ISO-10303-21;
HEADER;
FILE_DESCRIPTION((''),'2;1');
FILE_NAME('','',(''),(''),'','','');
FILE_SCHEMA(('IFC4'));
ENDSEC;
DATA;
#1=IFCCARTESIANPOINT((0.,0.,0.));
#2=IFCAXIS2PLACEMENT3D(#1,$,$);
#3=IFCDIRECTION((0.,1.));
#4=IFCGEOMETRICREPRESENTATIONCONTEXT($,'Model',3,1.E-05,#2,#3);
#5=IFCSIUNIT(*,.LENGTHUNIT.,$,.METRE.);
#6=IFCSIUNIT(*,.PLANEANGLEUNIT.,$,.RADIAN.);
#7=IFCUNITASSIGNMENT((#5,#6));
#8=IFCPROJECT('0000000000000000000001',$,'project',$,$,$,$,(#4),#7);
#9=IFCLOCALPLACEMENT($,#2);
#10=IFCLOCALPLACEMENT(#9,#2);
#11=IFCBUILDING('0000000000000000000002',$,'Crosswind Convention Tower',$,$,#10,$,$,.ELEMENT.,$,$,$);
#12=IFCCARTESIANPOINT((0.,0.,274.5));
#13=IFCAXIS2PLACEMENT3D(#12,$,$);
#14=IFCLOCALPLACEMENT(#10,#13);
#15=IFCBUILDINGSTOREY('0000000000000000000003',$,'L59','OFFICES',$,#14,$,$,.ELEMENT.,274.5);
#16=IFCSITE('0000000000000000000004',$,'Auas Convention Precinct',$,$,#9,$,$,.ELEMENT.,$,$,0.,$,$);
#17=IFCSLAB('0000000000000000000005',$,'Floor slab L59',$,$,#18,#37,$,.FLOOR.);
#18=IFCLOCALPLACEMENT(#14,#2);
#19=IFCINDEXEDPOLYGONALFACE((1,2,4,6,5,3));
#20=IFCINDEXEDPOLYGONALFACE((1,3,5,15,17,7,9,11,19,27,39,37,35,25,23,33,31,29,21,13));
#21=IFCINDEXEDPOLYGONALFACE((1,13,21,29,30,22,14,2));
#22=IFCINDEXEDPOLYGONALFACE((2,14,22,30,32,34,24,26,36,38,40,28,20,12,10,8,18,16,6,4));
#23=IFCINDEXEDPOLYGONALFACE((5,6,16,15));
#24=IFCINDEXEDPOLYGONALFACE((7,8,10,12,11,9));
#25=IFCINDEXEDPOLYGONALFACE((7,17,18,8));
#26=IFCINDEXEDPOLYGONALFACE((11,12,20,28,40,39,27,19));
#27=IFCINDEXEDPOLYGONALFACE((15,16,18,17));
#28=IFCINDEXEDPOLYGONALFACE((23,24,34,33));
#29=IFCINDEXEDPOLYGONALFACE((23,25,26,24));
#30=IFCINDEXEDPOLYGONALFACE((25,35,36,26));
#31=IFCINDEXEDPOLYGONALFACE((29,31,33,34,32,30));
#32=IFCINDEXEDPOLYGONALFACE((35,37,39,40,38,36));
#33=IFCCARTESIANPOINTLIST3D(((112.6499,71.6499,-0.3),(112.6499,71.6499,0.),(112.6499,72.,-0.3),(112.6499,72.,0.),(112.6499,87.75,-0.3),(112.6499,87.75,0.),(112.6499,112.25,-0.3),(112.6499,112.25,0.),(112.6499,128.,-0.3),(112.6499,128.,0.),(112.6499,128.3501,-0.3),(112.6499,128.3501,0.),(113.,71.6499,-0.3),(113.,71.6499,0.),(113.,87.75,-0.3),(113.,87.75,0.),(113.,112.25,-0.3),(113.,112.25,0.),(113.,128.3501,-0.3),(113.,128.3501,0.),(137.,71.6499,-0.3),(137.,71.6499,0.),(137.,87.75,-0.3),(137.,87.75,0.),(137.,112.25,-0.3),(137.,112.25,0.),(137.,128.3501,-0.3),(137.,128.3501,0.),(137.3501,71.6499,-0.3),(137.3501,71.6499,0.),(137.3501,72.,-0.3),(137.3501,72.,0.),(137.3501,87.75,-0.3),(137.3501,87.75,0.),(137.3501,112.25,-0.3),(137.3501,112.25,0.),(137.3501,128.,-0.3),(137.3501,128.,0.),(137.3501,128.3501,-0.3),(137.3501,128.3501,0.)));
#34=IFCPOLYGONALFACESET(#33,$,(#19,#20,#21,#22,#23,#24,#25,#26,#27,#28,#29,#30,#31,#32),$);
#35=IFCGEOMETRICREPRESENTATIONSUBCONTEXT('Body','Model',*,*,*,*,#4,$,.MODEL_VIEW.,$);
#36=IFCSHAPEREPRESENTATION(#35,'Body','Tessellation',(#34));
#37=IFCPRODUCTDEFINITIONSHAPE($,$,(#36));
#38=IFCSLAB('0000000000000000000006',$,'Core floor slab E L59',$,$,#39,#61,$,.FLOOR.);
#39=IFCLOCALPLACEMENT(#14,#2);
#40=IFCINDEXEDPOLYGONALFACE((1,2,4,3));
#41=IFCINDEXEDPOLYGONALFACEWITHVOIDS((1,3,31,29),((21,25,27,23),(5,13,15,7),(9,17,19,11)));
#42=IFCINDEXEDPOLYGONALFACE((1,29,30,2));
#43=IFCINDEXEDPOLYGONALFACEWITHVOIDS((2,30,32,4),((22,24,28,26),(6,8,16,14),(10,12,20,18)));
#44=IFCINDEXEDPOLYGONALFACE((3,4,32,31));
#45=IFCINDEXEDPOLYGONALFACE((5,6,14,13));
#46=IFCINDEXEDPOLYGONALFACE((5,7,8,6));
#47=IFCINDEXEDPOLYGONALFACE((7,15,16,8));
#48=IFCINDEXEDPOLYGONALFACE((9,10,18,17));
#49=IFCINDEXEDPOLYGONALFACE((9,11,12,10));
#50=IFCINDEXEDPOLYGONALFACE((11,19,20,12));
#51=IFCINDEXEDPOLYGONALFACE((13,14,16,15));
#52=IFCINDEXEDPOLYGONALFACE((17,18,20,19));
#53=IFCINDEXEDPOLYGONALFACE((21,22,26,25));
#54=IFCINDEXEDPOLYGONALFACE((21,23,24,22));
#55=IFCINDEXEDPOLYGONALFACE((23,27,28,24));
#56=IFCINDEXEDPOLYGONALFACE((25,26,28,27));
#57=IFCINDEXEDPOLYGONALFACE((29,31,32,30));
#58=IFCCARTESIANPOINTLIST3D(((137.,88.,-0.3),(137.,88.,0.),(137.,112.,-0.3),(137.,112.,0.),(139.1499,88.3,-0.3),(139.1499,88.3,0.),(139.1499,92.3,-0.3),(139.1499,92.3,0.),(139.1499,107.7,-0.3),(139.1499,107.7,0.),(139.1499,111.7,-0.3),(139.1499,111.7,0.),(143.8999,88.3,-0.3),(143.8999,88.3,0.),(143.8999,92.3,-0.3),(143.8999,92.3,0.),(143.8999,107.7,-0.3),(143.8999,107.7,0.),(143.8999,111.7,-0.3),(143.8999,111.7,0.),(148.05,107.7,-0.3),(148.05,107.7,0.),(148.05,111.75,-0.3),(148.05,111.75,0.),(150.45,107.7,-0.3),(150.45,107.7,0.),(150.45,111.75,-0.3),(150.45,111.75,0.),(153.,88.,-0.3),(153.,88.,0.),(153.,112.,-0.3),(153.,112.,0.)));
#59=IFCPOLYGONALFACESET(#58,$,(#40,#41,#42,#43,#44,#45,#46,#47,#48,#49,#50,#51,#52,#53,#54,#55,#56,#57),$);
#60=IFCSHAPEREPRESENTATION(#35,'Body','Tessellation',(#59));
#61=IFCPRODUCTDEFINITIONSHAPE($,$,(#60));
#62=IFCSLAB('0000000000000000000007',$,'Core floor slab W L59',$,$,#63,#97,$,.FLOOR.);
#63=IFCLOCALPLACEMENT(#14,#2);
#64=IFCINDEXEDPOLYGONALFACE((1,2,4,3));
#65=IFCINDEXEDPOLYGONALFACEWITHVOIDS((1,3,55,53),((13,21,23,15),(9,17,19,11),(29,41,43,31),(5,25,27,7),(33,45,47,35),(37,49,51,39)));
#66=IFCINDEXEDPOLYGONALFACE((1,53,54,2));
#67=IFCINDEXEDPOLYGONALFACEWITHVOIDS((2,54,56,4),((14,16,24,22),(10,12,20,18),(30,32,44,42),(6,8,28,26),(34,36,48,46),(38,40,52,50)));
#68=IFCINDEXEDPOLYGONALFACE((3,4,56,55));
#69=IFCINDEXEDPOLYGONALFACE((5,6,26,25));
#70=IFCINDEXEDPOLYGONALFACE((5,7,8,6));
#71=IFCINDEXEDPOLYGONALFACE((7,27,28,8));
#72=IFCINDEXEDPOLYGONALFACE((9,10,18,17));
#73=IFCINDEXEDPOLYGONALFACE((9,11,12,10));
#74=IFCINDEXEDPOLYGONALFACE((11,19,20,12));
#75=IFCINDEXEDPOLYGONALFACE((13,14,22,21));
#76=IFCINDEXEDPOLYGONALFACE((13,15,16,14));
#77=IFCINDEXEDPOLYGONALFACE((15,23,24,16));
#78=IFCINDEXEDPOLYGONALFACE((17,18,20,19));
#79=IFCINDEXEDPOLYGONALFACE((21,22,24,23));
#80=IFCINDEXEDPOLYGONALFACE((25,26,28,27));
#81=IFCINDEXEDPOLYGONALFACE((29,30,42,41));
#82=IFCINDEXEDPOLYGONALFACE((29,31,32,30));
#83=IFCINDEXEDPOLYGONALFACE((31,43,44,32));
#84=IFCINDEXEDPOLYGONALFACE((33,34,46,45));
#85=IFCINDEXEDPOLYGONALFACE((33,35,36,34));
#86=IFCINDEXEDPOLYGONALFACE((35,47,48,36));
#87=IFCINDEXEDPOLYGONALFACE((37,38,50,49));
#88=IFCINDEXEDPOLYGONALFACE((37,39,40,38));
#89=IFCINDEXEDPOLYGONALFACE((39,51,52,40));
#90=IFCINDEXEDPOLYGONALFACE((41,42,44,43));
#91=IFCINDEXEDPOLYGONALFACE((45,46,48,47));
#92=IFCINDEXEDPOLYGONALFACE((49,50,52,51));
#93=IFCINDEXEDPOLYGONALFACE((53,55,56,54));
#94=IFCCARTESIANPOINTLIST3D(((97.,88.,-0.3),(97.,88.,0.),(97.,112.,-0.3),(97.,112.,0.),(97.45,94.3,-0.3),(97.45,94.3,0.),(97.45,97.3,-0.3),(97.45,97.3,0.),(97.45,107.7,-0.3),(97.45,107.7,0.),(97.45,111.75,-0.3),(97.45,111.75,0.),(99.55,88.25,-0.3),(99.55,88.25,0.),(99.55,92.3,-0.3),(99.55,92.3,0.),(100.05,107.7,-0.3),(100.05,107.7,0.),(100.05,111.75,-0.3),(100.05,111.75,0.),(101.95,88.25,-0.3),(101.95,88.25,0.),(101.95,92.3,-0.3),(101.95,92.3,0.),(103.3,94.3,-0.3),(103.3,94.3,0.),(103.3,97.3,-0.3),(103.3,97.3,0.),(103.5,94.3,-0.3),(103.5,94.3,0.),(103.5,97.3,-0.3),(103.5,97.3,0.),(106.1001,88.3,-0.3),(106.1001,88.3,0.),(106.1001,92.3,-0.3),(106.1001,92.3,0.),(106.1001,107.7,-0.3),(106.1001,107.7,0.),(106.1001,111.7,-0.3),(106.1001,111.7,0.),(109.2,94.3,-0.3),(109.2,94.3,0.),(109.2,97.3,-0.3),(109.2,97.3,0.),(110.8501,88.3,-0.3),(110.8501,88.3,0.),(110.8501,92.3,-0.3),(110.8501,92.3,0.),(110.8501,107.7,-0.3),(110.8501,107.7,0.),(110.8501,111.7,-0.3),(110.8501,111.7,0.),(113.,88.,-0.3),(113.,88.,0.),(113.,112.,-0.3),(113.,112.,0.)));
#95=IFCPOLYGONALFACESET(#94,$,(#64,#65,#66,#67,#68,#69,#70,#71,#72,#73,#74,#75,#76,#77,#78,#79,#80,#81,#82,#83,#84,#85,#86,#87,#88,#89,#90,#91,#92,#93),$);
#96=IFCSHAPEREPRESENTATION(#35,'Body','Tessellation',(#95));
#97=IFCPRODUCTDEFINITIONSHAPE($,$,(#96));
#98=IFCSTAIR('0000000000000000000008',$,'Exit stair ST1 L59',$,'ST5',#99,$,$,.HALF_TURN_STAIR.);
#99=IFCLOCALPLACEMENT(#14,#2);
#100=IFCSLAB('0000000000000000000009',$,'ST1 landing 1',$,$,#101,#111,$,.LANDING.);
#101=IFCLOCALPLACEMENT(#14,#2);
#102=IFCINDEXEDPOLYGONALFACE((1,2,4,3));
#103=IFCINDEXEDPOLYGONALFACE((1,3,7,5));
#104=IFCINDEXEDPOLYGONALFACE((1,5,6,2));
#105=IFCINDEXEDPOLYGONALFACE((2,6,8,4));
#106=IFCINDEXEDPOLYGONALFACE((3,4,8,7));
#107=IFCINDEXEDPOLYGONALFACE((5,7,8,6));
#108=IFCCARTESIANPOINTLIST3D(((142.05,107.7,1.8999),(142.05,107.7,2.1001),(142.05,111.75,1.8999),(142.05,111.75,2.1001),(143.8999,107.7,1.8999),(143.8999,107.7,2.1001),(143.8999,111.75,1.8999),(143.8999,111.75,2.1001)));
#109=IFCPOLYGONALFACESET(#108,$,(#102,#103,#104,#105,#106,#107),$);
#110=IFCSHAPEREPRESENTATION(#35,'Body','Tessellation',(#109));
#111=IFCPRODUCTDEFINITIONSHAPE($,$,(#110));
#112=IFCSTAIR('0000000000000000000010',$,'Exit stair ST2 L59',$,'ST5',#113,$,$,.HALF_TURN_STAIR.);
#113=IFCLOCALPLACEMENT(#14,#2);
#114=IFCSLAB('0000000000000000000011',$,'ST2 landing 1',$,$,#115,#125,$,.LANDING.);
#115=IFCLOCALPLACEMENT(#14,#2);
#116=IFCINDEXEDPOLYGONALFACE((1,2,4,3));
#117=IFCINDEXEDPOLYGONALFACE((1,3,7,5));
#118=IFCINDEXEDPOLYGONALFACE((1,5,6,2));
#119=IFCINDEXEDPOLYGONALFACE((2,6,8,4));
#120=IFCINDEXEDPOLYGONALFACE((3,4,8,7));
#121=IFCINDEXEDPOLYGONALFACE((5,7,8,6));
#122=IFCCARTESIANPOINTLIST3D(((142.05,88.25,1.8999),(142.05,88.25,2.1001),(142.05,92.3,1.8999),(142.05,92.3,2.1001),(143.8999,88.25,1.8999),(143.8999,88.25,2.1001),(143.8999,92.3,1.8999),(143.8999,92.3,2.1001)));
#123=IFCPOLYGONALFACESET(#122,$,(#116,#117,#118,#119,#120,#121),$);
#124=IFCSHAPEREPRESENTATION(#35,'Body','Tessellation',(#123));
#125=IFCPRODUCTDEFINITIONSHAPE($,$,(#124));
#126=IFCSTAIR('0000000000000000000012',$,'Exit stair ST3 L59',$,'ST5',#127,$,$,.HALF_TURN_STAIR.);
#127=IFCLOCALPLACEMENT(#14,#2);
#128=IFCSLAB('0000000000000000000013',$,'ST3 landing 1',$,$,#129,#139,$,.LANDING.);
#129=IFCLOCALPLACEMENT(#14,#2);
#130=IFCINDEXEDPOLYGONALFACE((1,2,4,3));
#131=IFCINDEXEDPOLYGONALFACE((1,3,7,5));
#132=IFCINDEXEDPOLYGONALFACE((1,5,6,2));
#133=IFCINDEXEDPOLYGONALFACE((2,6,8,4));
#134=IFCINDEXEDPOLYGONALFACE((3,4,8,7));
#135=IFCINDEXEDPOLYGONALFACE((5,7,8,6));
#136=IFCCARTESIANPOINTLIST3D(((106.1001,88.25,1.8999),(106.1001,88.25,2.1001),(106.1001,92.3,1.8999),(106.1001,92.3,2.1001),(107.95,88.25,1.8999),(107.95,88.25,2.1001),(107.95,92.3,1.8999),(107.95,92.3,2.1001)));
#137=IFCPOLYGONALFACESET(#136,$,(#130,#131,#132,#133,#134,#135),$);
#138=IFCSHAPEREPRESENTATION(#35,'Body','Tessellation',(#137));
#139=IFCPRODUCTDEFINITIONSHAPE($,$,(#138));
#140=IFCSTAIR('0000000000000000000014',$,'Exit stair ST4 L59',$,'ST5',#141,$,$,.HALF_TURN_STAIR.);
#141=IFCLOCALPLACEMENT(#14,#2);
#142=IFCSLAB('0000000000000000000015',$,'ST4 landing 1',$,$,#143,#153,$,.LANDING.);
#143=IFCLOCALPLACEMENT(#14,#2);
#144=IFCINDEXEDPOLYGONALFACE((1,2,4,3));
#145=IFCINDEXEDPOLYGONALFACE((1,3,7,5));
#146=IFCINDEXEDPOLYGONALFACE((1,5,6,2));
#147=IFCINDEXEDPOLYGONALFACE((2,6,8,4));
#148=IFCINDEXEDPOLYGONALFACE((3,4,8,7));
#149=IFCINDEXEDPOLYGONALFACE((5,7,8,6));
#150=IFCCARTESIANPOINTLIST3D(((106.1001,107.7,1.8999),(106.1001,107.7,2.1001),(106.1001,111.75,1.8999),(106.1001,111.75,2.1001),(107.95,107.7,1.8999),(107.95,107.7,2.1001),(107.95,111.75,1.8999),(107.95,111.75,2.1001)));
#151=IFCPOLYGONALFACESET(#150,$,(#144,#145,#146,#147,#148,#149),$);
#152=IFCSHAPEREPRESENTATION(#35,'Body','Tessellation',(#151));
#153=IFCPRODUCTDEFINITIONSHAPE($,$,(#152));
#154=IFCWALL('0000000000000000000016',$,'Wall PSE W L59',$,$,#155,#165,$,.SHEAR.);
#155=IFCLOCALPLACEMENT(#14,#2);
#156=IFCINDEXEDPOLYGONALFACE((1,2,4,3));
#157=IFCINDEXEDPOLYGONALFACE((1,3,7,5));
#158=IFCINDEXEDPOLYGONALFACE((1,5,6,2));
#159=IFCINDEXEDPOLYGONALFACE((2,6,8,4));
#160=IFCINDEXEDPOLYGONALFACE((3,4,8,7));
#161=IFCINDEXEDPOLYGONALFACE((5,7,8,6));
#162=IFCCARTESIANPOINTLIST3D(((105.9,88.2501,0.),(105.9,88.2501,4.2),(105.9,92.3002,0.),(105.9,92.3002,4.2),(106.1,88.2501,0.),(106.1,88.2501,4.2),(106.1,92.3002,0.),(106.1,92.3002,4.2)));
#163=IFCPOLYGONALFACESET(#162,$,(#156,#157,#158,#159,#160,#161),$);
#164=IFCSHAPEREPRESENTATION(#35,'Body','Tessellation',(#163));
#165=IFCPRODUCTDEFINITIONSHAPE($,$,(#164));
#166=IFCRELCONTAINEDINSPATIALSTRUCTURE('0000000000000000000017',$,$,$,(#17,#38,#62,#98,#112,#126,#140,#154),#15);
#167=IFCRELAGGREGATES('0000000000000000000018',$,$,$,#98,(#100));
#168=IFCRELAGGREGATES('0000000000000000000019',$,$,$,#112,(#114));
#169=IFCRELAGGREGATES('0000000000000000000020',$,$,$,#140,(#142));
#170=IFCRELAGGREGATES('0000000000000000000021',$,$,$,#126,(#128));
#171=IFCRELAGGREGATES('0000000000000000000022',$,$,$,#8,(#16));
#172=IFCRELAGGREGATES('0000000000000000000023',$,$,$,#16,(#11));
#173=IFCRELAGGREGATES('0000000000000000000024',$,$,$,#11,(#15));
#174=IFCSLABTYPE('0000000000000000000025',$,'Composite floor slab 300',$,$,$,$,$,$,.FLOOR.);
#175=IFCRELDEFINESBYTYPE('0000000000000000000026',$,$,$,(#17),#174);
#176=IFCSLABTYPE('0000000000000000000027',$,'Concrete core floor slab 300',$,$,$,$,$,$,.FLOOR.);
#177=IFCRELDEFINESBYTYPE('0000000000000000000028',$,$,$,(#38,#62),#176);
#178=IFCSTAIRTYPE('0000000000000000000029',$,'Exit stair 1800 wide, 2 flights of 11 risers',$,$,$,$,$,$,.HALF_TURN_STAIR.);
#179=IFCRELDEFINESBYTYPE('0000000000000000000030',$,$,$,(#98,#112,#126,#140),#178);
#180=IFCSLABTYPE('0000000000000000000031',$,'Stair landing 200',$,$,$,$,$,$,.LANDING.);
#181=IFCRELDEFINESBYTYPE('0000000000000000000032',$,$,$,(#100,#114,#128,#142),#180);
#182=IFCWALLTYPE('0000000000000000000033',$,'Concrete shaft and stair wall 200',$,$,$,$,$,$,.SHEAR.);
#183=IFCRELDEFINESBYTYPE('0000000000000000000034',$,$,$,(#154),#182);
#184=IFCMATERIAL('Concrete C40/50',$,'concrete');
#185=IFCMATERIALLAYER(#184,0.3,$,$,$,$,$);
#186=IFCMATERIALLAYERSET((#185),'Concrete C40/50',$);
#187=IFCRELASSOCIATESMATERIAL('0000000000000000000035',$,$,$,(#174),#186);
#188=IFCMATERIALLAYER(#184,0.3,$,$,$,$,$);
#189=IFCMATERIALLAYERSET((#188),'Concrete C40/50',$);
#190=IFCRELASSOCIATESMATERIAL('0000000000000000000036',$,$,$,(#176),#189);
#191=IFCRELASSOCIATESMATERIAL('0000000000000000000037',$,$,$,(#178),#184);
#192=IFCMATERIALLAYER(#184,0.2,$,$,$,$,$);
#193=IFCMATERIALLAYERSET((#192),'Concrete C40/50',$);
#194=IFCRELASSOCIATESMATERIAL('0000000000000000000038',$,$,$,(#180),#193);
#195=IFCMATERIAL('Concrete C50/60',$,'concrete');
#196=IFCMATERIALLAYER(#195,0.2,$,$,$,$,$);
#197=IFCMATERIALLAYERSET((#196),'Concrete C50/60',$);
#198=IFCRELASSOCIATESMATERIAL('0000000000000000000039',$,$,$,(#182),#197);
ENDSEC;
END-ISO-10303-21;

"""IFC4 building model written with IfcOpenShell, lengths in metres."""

from ifc_helpers import new_model, si_unit, direction, frame, frame_2d, origin, place, context, subcontext, project, spatial, polyline, rectangle, outline, extrude, material, layer, layer_set, type_object, element, aggregate, save


model = new_model("IFC4")

# Units and contexts
model_context = context("Model", 3, precision=1e-05, world=origin(), true_north=direction((0.0, 1.0)))
body_context = subcontext(model_context, "Body", "Model", "MODEL_VIEW")
ifc_project = project(units=[si_unit("LENGTHUNIT", "METRE"), si_unit("PLANEANGLEUNIT", "RADIAN")], contexts=[model_context])

# Site, building, storey
site_placement = place(None, origin())
site = spatial("IfcSite", under=ifc_project, at=site_placement, Name="Auas Convention Precinct", CompositionType="ELEMENT", RefElevation=0.0)
building_placement = place(site_placement, origin())
building = spatial("IfcBuilding", under=site, at=building_placement, Name="Crosswind Convention Tower", CompositionType="ELEMENT")
storey_placement = place(building_placement, frame((0.0, 0.0, 274.5)))
storey = spatial("IfcBuildingStorey", under=building, at=storey_placement, Name="L59", Description="OFFICES", CompositionType="ELEMENT", Elevation=274.5)

# Slabs
ifc_material_1 = material(Name="Concrete C40/50", Category="concrete")
ifc_layer_1 = layer(ifc_material_1, 0.3)
ifc_layer_set_1 = layer_set([ifc_layer_1], Name="Concrete C40/50")
slab_type_1 = type_object("IfcSlabType", Name="Composite floor slab 300", PredefinedType="FLOOR", material=ifc_layer_set_1)
slab_1_placement = place(storey_placement, frame((0.0, 0.0, -0.3)))
element("IfcSlab", 1, at=slab_1_placement, inside=storey, type_object=slab_type_1, Name="Floor slab L59", PredefinedType="FLOOR", context=body_context, shape_type="SweptSolid", body=[
    extrude(outline(polyline([(137.3501, 71.6499), (137.0, 71.6499), (113.0, 71.6499), (112.6499, 71.6499), (112.6499, 72.0), (112.6499, 87.75), (113.0, 87.75), (113.0, 112.25), (112.6499, 112.25), (112.6499, 128.0), (112.6499, 128.3501), (113.0, 128.3501), (137.0, 128.3501), (137.3501, 128.3501), (137.3501, 128.0), (137.3501, 112.25), (137.0, 112.25), (137.0, 87.75), (137.3501, 87.75), (137.3501, 72.0), (137.3501, 71.6499)])), origin(), (0.0, 0.0, 1.0), 0.3),
])
ifc_layer_2 = layer(ifc_material_1, 0.3)
ifc_layer_set_2 = layer_set([ifc_layer_2], Name="Concrete C40/50")
slab_type_2 = type_object("IfcSlabType", Name="Concrete core floor slab 300", PredefinedType="FLOOR", material=ifc_layer_set_2)
slab_2_placement = place(storey_placement, frame((0.0, 0.0, -0.3)))
element("IfcSlab", 2, at=slab_2_placement, inside=storey, type_object=slab_type_2, Name="Core floor slab E L59", PredefinedType="FLOOR", context=body_context, shape_type="SweptSolid", body=[
    extrude(outline(polyline([(137.0, 88.0), (153.0, 88.0), (153.0, 112.0), (137.0, 112.0), (137.0, 88.0)]), holes=[polyline([(150.45, 107.7), (150.45, 111.75), (148.05, 111.75), (148.05, 107.7), (150.45, 107.7)]), polyline([(143.8999, 107.7), (143.8999, 111.7), (139.1499, 111.7), (139.1499, 107.7), (143.8999, 107.7)]), polyline([(143.8999, 88.3), (143.8999, 92.3), (139.1499, 92.3), (139.1499, 88.3), (143.8999, 88.3)])]), origin(), (0.0, 0.0, 1.0), 0.3),
])
slab_3_placement = place(storey_placement, frame((0.0, 0.0, -0.3)))
element("IfcSlab", 3, at=slab_3_placement, inside=storey, type_object=slab_type_2, Name="Core floor slab W L59", PredefinedType="FLOOR", context=body_context, shape_type="SweptSolid", body=[
    extrude(outline(polyline([(97.0, 88.0), (113.0, 88.0), (113.0, 112.0), (97.0, 112.0), (97.0, 88.0)]), holes=[polyline([(109.2, 94.3), (109.2, 97.3), (103.5, 97.3), (103.5, 94.3), (109.2, 94.3)]), polyline([(103.3, 94.3), (103.3, 97.3), (97.45, 97.3), (97.45, 94.3), (103.3, 94.3)]), polyline([(101.95, 88.25), (101.95, 92.3), (99.55, 92.3), (99.55, 88.25), (101.95, 88.25)]), polyline([(100.05, 107.7), (100.05, 111.75), (97.45, 111.75), (97.45, 107.7), (100.05, 107.7)]), polyline([(110.8501, 88.3), (110.8501, 92.3), (106.1001, 92.3), (106.1001, 88.3), (110.8501, 88.3)]), polyline([(110.8501, 107.7), (110.8501, 111.7), (106.1001, 111.7), (106.1001, 107.7), (110.8501, 107.7)])]), origin(), (0.0, 0.0, 1.0), 0.3),
])

# Stairs, slabs
stair_type = type_object("IfcStairType", Name="Exit stair 1800 wide, 2 flights of 11 risers", PredefinedType="HALF_TURN_STAIR", material=ifc_material_1)
stair_1_placement = place(storey_placement, origin())
stair_1 = element("IfcStair", 4, at=stair_1_placement, inside=storey, type_object=stair_type, Name="Exit stair ST1 L59", ObjectType="ST5", PredefinedType="HALF_TURN_STAIR")
ifc_layer_3 = layer(ifc_material_1, 0.2)
ifc_layer_set_3 = layer_set([ifc_layer_3], Name="Concrete C40/50")
slab_type_3 = type_object("IfcSlabType", Name="Stair landing 200", PredefinedType="LANDING", material=ifc_layer_set_3)
slab_4_placement = place(storey_placement, frame((0.0, 0.0, 1.8999)))
slab_4 = element("IfcSlab", 5, at=slab_4_placement, type_object=slab_type_3, Name="ST1 landing 1", PredefinedType="LANDING", context=body_context, shape_type="SweptSolid", body=[
    extrude(outline(polyline([(143.8999, 107.7), (143.8999, 111.75), (142.05, 111.75), (142.05, 107.7), (143.8999, 107.7)])), origin(), (0.0, 0.0, 1.0), 0.2002),
])
aggregate(stair_1, [slab_4])
stair_2_placement = place(storey_placement, origin())
stair_2 = element("IfcStair", 6, at=stair_2_placement, inside=storey, type_object=stair_type, Name="Exit stair ST2 L59", ObjectType="ST5", PredefinedType="HALF_TURN_STAIR")
slab_5_placement = place(storey_placement, frame((0.0, 0.0, 1.8999)))
slab_5 = element("IfcSlab", 7, at=slab_5_placement, type_object=slab_type_3, Name="ST2 landing 1", PredefinedType="LANDING", context=body_context, shape_type="SweptSolid", body=[
    extrude(outline(polyline([(143.8999, 88.25), (143.8999, 92.3), (142.05, 92.3), (142.05, 88.25), (143.8999, 88.25)])), origin(), (0.0, 0.0, 1.0), 0.2002),
])
aggregate(stair_2, [slab_5])
stair_3_placement = place(storey_placement, origin())
stair_3 = element("IfcStair", 8, at=stair_3_placement, inside=storey, type_object=stair_type, Name="Exit stair ST3 L59", ObjectType="ST5", PredefinedType="HALF_TURN_STAIR")
slab_6_placement = place(storey_placement, frame((0.0, 0.0, 1.8999)))
slab_6 = element("IfcSlab", 9, at=slab_6_placement, type_object=slab_type_3, Name="ST3 landing 1", PredefinedType="LANDING", context=body_context, shape_type="SweptSolid", body=[
    extrude(outline(polyline([(107.95, 88.25), (107.95, 92.3), (106.1001, 92.3), (106.1001, 88.25), (107.95, 88.25)])), origin(), (0.0, 0.0, 1.0), 0.2002),
])
stair_4_placement = place(storey_placement, origin())
stair_4 = element("IfcStair", 10, at=stair_4_placement, inside=storey, type_object=stair_type, Name="Exit stair ST4 L59", ObjectType="ST5", PredefinedType="HALF_TURN_STAIR")
slab_7_placement = place(storey_placement, frame((0.0, 0.0, 1.8999)))
slab_7 = element("IfcSlab", 11, at=slab_7_placement, type_object=slab_type_3, Name="ST4 landing 1", PredefinedType="LANDING", context=body_context, shape_type="SweptSolid", body=[
    extrude(outline(polyline([(107.95, 107.7), (107.95, 111.75), (106.1001, 111.75), (106.1001, 107.7), (107.95, 107.7)])), origin(), (0.0, 0.0, 1.0), 0.2002),
])
aggregate(stair_4, [slab_7])

# Wall
ifc_material_2 = material(Name="Concrete C50/60", Category="concrete")
ifc_layer_4 = layer(ifc_material_2, 0.2)
ifc_layer_set_4 = layer_set([ifc_layer_4], Name="Concrete C50/60")
wall_type_1 = type_object("IfcWallType", Name="Concrete shaft and stair wall 200", PredefinedType="SHEAR", material=ifc_layer_set_4)
wall_1_placement = place(storey_placement, frame((106.0, 92.3, 0.0), z_axis=(0.0, 0.0, 1.0), x_axis=(0.0, -1.0, 0.0)))
element("IfcWall", 12, at=wall_1_placement, inside=storey, type_object=wall_type_1, Name="Wall PSE W L59", PredefinedType="SHEAR", context=body_context, shape_type="SweptSolid", body=[
    extrude(rectangle(XDim=4.05, YDim=0.2, at=frame_2d((2.0249, 0.0))), origin(), (0.0, 0.0, 1.0), 4.2),
])

aggregate(stair_3, [slab_6])

save(model, "model.ifc")
